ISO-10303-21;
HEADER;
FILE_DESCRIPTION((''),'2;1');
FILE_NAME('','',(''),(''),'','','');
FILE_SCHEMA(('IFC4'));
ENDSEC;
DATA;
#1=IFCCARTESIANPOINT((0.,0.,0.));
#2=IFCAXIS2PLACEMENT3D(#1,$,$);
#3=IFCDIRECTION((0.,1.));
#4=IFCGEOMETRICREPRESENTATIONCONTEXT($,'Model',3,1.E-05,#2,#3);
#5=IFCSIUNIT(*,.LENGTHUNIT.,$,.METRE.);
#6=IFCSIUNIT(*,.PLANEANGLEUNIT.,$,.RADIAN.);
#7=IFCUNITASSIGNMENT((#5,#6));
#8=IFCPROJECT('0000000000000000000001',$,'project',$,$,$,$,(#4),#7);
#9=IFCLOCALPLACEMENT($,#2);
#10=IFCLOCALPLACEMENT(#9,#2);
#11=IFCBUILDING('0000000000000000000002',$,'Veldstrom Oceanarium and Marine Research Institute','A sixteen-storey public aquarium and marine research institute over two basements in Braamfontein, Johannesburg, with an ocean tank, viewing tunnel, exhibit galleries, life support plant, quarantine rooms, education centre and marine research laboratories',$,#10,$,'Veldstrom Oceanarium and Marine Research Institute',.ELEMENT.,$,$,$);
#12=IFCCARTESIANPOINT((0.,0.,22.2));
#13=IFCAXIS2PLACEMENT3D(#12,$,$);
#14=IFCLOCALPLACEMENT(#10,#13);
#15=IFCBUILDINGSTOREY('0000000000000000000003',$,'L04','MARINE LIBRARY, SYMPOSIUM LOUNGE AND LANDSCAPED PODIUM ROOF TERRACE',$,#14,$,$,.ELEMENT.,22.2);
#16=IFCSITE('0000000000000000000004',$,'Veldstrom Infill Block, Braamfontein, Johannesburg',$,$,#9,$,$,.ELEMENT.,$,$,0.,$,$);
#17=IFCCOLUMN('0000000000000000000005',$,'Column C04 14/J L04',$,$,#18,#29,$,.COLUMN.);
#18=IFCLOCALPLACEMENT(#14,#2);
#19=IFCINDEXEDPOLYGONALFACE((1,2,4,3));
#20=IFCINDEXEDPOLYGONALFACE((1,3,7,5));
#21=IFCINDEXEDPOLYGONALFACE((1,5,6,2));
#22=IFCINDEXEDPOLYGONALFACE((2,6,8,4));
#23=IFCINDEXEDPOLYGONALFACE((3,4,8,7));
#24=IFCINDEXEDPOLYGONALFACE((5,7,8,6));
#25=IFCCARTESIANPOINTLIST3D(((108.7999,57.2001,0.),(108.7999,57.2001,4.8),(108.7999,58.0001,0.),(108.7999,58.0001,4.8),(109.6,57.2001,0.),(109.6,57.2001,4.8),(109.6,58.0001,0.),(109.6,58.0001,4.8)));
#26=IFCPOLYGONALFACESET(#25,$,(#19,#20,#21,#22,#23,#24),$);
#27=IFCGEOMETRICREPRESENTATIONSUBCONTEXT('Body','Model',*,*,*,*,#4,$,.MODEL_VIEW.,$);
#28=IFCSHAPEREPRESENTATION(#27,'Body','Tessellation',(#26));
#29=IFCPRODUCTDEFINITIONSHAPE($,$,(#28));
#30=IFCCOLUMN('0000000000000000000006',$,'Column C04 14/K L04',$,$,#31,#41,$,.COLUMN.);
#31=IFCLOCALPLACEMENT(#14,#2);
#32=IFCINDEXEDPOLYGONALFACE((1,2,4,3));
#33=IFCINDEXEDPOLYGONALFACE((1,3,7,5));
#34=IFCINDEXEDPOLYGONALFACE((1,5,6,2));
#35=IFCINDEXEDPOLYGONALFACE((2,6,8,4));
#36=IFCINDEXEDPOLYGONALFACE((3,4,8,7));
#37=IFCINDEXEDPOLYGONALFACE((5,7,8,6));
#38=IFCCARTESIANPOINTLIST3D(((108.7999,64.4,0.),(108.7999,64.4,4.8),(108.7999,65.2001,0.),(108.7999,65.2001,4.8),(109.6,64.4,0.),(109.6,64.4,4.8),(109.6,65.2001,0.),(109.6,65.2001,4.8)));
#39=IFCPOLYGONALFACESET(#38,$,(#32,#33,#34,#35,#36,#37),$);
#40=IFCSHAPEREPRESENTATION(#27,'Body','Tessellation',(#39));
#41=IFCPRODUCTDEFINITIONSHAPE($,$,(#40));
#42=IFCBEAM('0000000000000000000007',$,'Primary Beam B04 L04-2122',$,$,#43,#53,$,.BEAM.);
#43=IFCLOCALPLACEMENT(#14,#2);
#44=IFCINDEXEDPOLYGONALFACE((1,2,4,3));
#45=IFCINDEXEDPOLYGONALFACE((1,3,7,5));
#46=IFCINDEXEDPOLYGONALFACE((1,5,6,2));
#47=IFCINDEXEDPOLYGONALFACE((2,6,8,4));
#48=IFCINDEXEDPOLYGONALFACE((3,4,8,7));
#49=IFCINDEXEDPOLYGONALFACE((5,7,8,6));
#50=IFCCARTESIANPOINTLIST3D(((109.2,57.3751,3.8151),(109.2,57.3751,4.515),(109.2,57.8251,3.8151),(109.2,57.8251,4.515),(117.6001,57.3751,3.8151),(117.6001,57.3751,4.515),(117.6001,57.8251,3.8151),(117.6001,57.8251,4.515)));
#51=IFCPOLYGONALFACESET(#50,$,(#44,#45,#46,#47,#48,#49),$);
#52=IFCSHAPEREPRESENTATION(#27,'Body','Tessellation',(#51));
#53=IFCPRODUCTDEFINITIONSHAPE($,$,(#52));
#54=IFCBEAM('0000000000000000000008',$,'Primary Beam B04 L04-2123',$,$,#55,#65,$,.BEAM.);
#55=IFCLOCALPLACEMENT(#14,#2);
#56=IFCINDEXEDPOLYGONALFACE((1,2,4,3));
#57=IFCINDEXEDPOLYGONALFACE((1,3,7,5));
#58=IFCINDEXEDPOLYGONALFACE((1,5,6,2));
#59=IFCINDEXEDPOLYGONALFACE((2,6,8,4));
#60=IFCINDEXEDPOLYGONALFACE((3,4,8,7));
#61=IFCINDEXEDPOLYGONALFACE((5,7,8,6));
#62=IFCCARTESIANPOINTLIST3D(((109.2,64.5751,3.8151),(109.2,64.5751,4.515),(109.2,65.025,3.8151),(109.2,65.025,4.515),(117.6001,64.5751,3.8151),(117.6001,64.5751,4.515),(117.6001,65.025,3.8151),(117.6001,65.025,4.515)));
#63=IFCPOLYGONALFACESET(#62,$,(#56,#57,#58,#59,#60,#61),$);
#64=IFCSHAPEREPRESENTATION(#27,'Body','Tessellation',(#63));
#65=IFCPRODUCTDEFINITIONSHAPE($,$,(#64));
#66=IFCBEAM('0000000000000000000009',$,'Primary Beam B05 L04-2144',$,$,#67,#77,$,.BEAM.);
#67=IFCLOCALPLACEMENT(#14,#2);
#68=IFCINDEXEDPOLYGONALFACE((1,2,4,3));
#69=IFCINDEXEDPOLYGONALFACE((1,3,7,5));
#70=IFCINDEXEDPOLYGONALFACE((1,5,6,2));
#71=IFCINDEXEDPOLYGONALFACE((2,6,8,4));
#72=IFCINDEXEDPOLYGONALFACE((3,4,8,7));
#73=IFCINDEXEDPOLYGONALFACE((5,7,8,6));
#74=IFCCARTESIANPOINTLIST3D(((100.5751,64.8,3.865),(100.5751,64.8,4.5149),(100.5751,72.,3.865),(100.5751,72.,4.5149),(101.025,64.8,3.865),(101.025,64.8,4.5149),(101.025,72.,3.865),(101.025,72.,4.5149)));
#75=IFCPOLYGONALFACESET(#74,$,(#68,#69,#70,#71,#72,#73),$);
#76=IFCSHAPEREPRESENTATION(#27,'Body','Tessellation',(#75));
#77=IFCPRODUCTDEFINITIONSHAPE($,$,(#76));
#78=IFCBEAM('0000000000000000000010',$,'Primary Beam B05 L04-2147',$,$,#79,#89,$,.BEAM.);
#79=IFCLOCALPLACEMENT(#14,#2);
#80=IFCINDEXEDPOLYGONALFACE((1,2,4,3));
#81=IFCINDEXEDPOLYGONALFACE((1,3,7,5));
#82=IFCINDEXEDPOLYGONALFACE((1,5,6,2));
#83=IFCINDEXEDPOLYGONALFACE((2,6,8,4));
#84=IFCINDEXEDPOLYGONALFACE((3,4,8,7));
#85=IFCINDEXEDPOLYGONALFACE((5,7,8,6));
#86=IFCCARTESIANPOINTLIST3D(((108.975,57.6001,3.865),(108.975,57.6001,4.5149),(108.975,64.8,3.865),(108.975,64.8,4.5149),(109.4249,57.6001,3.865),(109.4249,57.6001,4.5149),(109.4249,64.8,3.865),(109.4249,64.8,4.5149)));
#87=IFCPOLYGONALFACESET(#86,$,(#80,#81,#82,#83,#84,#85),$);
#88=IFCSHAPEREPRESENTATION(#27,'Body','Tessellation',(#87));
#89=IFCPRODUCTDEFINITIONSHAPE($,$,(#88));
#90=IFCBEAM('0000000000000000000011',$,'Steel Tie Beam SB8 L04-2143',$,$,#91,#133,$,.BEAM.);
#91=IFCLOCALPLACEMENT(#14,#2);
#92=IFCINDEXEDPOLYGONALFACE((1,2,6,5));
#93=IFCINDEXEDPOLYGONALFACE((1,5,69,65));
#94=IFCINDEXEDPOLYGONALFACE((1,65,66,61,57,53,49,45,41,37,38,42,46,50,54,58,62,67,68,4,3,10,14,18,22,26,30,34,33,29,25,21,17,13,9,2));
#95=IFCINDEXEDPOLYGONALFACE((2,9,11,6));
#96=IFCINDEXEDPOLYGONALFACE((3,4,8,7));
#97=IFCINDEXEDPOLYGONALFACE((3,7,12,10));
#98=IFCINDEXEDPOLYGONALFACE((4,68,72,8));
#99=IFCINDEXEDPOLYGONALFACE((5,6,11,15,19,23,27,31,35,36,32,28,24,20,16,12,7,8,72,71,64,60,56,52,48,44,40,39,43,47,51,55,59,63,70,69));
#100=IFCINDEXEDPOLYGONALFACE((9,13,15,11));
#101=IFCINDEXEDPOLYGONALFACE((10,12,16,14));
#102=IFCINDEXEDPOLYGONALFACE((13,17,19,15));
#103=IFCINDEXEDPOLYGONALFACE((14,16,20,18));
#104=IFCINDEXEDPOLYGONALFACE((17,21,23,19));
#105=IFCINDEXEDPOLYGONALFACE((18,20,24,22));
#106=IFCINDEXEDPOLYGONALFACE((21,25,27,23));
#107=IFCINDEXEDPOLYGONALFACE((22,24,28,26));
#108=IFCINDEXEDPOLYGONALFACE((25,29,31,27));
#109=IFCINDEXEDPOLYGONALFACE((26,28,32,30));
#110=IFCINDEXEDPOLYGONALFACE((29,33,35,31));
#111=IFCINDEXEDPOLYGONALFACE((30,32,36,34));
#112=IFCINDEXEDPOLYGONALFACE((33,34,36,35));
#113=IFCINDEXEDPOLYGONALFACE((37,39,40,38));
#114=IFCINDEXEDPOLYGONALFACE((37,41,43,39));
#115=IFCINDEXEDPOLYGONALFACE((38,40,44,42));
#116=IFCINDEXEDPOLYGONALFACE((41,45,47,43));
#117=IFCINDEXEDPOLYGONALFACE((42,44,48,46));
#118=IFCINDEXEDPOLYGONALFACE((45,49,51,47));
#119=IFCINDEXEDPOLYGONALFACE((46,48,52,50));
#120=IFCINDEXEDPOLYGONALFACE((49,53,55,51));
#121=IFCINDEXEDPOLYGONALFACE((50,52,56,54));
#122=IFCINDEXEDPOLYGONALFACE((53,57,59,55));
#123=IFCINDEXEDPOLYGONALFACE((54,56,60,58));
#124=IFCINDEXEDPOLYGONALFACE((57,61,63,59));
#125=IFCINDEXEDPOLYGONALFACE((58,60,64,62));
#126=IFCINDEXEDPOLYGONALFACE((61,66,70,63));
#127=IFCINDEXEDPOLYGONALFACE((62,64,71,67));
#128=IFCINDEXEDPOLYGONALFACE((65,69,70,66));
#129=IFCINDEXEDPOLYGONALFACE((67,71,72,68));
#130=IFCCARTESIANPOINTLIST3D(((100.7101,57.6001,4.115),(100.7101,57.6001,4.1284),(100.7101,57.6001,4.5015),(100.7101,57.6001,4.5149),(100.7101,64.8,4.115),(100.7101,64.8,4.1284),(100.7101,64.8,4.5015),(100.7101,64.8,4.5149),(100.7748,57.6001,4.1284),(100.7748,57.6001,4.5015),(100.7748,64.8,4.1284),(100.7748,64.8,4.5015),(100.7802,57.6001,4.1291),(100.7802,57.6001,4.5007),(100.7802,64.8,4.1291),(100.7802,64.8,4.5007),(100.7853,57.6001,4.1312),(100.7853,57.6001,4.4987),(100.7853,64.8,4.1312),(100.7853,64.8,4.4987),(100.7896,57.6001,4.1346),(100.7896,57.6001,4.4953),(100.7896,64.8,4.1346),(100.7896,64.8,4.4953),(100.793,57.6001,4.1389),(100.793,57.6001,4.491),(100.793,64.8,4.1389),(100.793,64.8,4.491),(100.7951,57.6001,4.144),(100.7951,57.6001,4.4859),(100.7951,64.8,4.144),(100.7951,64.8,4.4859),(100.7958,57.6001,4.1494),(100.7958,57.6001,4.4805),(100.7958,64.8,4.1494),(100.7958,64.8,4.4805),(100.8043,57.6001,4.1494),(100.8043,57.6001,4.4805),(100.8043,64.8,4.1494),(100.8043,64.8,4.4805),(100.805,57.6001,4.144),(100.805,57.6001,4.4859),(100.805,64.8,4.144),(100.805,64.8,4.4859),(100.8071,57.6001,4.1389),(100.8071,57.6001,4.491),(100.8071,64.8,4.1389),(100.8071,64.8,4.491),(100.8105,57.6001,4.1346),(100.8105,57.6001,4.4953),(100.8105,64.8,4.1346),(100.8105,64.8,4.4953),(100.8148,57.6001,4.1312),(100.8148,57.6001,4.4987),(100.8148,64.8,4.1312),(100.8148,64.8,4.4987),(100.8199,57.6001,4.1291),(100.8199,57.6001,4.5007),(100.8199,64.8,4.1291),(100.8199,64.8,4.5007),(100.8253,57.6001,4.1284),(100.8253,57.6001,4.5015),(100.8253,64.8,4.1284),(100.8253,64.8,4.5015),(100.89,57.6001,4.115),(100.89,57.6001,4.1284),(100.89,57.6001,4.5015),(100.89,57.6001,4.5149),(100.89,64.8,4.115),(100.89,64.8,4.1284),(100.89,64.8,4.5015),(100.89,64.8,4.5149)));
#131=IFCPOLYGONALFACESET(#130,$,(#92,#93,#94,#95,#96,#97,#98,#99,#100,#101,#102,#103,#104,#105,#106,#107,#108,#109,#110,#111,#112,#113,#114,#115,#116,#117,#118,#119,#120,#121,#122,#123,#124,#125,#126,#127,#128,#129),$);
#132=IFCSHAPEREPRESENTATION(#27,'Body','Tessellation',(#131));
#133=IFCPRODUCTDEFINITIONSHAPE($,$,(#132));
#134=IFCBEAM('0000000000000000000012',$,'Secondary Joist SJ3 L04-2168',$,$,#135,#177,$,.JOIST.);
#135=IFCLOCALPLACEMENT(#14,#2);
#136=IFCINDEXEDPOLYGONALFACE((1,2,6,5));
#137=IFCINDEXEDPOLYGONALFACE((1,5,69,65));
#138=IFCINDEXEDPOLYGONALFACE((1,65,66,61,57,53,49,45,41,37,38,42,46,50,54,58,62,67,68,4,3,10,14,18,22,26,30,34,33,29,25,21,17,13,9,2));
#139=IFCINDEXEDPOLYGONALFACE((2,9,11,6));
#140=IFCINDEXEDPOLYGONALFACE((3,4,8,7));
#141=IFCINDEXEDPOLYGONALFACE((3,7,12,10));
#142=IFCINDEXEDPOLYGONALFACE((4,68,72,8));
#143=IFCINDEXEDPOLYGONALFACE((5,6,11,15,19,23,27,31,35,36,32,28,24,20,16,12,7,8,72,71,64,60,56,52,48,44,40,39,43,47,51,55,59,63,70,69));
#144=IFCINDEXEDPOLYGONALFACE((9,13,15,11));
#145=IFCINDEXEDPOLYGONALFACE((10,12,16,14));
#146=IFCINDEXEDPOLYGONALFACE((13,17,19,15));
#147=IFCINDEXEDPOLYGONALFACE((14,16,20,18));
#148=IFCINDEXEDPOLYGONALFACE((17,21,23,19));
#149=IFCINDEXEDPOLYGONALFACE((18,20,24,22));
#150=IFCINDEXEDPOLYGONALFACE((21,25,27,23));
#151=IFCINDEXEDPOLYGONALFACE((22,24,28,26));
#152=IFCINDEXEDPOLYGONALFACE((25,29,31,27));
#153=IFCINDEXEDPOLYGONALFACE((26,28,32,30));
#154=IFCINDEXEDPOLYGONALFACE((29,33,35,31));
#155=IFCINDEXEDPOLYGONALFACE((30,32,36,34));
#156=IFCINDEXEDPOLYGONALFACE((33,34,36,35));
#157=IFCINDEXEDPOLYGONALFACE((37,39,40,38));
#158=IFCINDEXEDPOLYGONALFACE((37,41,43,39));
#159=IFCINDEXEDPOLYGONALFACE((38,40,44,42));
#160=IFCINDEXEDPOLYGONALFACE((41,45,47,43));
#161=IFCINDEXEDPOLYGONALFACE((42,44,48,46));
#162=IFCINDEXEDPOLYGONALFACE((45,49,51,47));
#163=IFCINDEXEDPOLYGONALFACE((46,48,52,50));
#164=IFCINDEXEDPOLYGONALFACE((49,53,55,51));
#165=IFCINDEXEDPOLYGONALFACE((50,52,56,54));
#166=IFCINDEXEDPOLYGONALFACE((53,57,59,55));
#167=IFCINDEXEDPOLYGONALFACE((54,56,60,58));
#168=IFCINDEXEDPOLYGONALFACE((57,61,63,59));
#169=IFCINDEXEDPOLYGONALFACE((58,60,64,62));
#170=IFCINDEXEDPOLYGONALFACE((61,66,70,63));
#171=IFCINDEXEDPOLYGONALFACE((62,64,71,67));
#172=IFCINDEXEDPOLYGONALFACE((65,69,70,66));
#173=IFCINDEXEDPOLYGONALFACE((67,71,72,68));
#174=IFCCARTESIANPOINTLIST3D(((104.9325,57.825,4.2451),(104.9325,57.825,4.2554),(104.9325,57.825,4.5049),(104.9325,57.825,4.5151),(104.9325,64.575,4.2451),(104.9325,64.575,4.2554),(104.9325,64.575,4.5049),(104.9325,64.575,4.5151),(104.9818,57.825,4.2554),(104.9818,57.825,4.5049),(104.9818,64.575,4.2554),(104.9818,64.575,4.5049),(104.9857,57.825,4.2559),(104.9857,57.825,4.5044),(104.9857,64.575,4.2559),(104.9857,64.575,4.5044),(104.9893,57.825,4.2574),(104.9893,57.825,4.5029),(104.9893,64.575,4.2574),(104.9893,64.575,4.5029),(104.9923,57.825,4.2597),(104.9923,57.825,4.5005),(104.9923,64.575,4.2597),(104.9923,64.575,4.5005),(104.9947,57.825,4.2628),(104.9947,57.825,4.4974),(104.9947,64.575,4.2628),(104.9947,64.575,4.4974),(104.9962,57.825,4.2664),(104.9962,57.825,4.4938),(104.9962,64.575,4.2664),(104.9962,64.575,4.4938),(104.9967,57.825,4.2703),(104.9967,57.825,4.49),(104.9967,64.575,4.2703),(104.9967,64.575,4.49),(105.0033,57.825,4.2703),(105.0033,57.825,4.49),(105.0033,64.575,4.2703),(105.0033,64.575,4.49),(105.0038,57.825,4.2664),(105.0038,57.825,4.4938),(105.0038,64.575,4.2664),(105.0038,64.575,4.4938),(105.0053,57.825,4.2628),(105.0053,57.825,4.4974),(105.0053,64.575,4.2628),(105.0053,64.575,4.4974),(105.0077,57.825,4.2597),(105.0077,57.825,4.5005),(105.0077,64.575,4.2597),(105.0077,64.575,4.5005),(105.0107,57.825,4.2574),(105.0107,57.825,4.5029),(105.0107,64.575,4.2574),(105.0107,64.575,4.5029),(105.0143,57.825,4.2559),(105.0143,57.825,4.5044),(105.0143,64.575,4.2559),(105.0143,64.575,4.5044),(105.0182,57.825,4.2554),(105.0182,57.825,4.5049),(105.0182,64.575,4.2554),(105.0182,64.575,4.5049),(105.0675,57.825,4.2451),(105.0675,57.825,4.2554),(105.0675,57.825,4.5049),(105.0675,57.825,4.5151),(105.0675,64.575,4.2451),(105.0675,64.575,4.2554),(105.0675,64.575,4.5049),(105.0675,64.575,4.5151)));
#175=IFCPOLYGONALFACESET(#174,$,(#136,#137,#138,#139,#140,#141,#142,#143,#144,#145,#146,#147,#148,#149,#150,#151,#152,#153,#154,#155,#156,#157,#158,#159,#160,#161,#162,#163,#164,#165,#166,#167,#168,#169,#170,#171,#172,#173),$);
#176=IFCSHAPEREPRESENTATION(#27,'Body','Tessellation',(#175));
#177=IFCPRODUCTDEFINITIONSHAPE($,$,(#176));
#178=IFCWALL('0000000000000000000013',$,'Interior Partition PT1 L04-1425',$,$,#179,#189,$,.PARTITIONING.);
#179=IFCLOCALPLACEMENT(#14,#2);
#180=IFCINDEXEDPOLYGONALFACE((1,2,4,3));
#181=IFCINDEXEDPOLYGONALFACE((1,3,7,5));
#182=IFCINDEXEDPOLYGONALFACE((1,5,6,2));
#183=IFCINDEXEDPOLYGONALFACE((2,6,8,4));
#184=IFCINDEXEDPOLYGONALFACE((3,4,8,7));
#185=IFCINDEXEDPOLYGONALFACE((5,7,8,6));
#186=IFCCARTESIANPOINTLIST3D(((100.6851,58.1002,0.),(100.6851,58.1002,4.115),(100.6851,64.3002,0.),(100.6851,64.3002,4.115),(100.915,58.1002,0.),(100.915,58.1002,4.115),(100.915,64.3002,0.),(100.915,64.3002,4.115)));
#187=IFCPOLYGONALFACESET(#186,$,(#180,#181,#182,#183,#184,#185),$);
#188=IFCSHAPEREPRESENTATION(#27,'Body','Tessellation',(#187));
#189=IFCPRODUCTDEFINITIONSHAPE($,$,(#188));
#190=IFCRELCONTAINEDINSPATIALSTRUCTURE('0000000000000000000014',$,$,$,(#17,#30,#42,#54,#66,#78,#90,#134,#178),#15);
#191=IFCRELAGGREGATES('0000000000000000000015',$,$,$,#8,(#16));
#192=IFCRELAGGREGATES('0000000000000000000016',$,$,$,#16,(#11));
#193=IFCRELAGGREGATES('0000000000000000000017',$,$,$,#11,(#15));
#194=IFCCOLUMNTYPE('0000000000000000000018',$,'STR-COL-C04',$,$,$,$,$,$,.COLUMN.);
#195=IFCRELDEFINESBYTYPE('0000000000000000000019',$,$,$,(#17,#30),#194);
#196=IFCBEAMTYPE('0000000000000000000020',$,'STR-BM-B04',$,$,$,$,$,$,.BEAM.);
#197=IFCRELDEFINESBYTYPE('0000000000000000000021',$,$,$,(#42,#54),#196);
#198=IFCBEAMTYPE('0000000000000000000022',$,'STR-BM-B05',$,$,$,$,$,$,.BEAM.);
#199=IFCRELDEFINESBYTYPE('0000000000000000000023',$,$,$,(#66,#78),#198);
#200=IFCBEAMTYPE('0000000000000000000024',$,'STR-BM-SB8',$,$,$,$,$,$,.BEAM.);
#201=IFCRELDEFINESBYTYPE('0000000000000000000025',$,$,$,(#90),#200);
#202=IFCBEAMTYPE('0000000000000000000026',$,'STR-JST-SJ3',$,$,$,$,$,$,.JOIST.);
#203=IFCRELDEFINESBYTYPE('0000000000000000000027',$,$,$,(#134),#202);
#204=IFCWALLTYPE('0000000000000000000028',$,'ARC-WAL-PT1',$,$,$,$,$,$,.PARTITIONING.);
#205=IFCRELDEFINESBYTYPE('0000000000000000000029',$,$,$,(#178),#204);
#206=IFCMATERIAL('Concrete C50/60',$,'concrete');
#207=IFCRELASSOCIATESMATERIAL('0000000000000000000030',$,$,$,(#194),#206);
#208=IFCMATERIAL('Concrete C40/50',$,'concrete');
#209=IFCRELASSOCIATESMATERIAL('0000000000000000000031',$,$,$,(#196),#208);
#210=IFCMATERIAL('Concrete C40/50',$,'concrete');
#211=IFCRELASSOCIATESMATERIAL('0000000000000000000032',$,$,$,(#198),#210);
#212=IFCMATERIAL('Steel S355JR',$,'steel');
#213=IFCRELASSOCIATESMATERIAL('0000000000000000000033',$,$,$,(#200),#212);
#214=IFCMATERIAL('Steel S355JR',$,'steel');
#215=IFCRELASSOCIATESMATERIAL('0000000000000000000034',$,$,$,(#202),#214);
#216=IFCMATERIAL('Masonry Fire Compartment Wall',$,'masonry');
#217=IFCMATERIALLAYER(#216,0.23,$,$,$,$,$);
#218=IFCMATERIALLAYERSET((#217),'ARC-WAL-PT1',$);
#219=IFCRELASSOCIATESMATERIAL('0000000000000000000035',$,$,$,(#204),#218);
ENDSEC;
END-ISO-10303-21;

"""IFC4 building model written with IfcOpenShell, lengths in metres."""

from ifc_helpers import new_model, si_unit, direction, frame, frame_2d, origin, origin_2d, place, context, subcontext, project, spatial, rectangle, i_section, extrude, material, layer, layer_set, material_profile, profile_set, type_object, element, save


model = new_model("IFC4")

# Units and contexts
model_context = context("Model", 3, precision=1e-05, world=origin(), true_north=direction((0.0, 1.0)))
body_context = subcontext(model_context, "Body", "Model", "MODEL_VIEW")
ifc_project = project(units=[si_unit("LENGTHUNIT", "METRE"), si_unit("PLANEANGLEUNIT", "RADIAN")], contexts=[model_context])

# Site, building, storey
site_placement = place(None, origin())
site = spatial("IfcSite", under=ifc_project, at=site_placement, Name="Veldstrom Infill Block, Braamfontein, Johannesburg", CompositionType="ELEMENT", RefElevation=0.0)
building_placement = place(site_placement, origin())
building = spatial("IfcBuilding", under=site, at=building_placement, Name="Veldstrom Oceanarium and Marine Research Institute", Description="A sixteen-storey public aquarium and marine research institute over two basements in Braamfontein, Johannesburg, with an ocean tank, viewing tunnel, exhibit galleries, life support plant, quarantine rooms, education centre and marine research laboratories", LongName="Veldstrom Oceanarium and Marine Research Institute", CompositionType="ELEMENT")
storey_placement = place(building_placement, frame((0.0, 0.0, 22.2)))
storey = spatial("IfcBuildingStorey", under=building, at=storey_placement, Name="L04", Description="MARINE LIBRARY, SYMPOSIUM LOUNGE AND LANDSCAPED PODIUM ROOF TERRACE", CompositionType="ELEMENT", Elevation=22.2)

# Columns
ifc_material_1 = material(Name="Concrete C50/60", Category="concrete")
ifc_material_profile_1 = material_profile(ifc_material_1, rectangle(XDim=0.8, YDim=0.8, at=origin_2d()), Name="RC-COL-800x800")
ifc_profile_set_1 = profile_set([ifc_material_profile_1], Name="Concrete C50/60")
column_type = type_object("IfcColumnType", Name="STR-COL-C04", PredefinedType="COLUMN", material=ifc_profile_set_1)
for number, where, z_axis, x_axis, name in (
    (1, (109.2, 57.6001, 0.0), (0.0, 0.0, 1.0), (1.0, 0.0, 0.0), "Column C04 14/J L04"),
    (2, (109.2, 64.8, 0.0), (0.0, 0.0, 1.0), (1.0, 0.0, 0.0), "Column C04 14/K L04"),
):
    element("IfcColumn", number, at=place(storey_placement, frame(where, z_axis=z_axis, x_axis=x_axis)), inside=storey, type_object=column_type, Name=name, PredefinedType="COLUMN", context=body_context, shape_type="SweptSolid", body=[
        extrude(rectangle(XDim=0.8, YDim=0.8, at=origin_2d()), origin(), (0.0, 0.0, 1.0), 4.8),
    ])

# Beams
ifc_material_2 = material(Name="Concrete C40/50", Category="concrete")
ifc_material_profile_2 = material_profile(ifc_material_2, rectangle(XDim=0.45, YDim=0.7, at=origin_2d()), Name="RC-BM-450x700")
ifc_profile_set_2 = profile_set([ifc_material_profile_2], Name="Concrete C40/50")
beam_type_1 = type_object("IfcBeamType", Name="STR-BM-B04", PredefinedType="BEAM", material=ifc_profile_set_2)
for number, where, z_axis, x_axis, name in (
    (3, (109.2, 57.6001, 4.165), (1.0, 0.0, 0.0), (0.0, 1.0, 0.0), "Primary Beam B04 L04-2122"),
    (4, (109.2, 64.8, 4.165), (1.0, 0.0, 0.0), (0.0, 1.0, 0.0), "Primary Beam B04 L04-2123"),
):
    element("IfcBeam", number, at=place(storey_placement, frame(where, z_axis=z_axis, x_axis=x_axis)), inside=storey, type_object=beam_type_1, Name=name, PredefinedType="BEAM", context=body_context, shape_type="SweptSolid", body=[
        extrude(rectangle(XDim=0.45, YDim=0.7, at=origin_2d()), origin(), (0.0, 0.0, 1.0), 8.4001),
    ])
ifc_material_3 = material(Name="Concrete C40/50", Category="concrete")
ifc_material_profile_3 = material_profile(ifc_material_3, rectangle(XDim=0.45, YDim=0.6499, at=origin_2d()), Name="RC-BM-450x650")
ifc_profile_set_3 = profile_set([ifc_material_profile_3], Name="Concrete C40/50")
beam_type_2 = type_object("IfcBeamType", Name="STR-BM-B05", PredefinedType="BEAM", material=ifc_profile_set_3)
for number, where, z_axis, x_axis, name in (
    (5, (100.8, 64.8, 4.1899), (0.0, 1.0, 0.0), (-1.0, 0.0, 0.0), "Primary Beam B05 L04-2144"),
    (6, (109.2, 57.6001, 4.1899), (0.0, 1.0, 0.0), (-1.0, 0.0, 0.0), "Primary Beam B05 L04-2147"),
):
    element("IfcBeam", number, at=place(storey_placement, frame(where, z_axis=z_axis, x_axis=x_axis)), inside=storey, type_object=beam_type_2, Name=name, PredefinedType="BEAM", context=body_context, shape_type="SweptSolid", body=[
        extrude(rectangle(XDim=0.45, YDim=0.6499, at=origin_2d()), origin(), (0.0, 0.0, 1.0), 7.2),
    ])
ifc_material_4 = material(Name="Steel S355JR", Category="steel")
ifc_material_profile_4 = material_profile(ifc_material_4, i_section(OverallWidth=0.1799, OverallDepth=0.3999, WebThickness=0.0085, FlangeThickness=0.0134, FilletRadius=0.021, at=origin_2d()), Name="IPE 400")
ifc_profile_set_4 = profile_set([ifc_material_profile_4], Name="Steel S355JR")
beam_type_3 = type_object("IfcBeamType", Name="STR-BM-SB8", PredefinedType="BEAM", material=ifc_profile_set_4)
beam_1_placement = place(storey_placement, frame((100.8, 57.6001, 4.3149), z_axis=(0.0, 1.0, 0.0), x_axis=(-1.0, 0.0, 0.0)))
element("IfcBeam", 7, at=beam_1_placement, inside=storey, type_object=beam_type_3, Name="Steel Tie Beam SB8 L04-2143", PredefinedType="BEAM", context=body_context, shape_type="SweptSolid", body=[
    extrude(i_section(OverallWidth=0.1799, OverallDepth=0.3999, WebThickness=0.0085, FlangeThickness=0.0134, FilletRadius=0.021, at=origin_2d()), origin(), (0.0, 0.0, 1.0), 7.2),
])
ifc_material_5 = material(Name="Steel S355JR", Category="steel")
ifc_material_profile_5 = material_profile(ifc_material_5, i_section(OverallWidth=0.135, OverallDepth=0.27, WebThickness=0.0066, FlangeThickness=0.0103, FilletRadius=0.0149, at=origin_2d()), Name="IPE 270")
ifc_profile_set_5 = profile_set([ifc_material_profile_5], Name="Steel S355JR")
beam_type_4 = type_object("IfcBeamType", Name="STR-JST-SJ3", PredefinedType="JOIST", material=ifc_profile_set_5)
beam_2_placement = place(storey_placement, frame((105.0, 57.825, 4.3801), z_axis=(0.0, 1.0, 0.0), x_axis=(-1.0, 0.0, 0.0)))
element("IfcBeam", 8, at=beam_2_placement, inside=storey, type_object=beam_type_4, Name="Secondary Joist SJ3 L04-2168", PredefinedType="JOIST", context=body_context, shape_type="SweptSolid", body=[
    extrude(i_section(OverallWidth=0.135, OverallDepth=0.27, WebThickness=0.0066, FlangeThickness=0.0103, FilletRadius=0.0149, at=origin_2d()), origin(), (0.0, 0.0, 1.0), 6.75),
])

# Wall
ifc_material_6 = material(Name="Masonry Fire Compartment Wall", Category="masonry")
ifc_layer_1 = layer(ifc_material_6, 0.23)
ifc_layer_set_1 = layer_set([ifc_layer_1], Name="ARC-WAL-PT1")
wall_type_1 = type_object("IfcWallType", Name="ARC-WAL-PT1", PredefinedType="PARTITIONING", material=ifc_layer_set_1)
wall_1_placement = place(storey_placement, frame((100.8, 58.1001, 0.0), z_axis=(0.0, 0.0, 1.0), x_axis=(0.0, 1.0, 0.0)))
element("IfcWall", 9, at=wall_1_placement, inside=storey, type_object=wall_type_1, Name="Interior Partition PT1 L04-1425", PredefinedType="PARTITIONING", context=body_context, shape_type="SweptSolid", body=[
    extrude(rectangle(XDim=6.2, YDim=0.23, at=frame_2d((3.1001, 0.0))), origin(), (0.0, 0.0, 1.0), 4.115),
])

save(model, "model.ifc")
